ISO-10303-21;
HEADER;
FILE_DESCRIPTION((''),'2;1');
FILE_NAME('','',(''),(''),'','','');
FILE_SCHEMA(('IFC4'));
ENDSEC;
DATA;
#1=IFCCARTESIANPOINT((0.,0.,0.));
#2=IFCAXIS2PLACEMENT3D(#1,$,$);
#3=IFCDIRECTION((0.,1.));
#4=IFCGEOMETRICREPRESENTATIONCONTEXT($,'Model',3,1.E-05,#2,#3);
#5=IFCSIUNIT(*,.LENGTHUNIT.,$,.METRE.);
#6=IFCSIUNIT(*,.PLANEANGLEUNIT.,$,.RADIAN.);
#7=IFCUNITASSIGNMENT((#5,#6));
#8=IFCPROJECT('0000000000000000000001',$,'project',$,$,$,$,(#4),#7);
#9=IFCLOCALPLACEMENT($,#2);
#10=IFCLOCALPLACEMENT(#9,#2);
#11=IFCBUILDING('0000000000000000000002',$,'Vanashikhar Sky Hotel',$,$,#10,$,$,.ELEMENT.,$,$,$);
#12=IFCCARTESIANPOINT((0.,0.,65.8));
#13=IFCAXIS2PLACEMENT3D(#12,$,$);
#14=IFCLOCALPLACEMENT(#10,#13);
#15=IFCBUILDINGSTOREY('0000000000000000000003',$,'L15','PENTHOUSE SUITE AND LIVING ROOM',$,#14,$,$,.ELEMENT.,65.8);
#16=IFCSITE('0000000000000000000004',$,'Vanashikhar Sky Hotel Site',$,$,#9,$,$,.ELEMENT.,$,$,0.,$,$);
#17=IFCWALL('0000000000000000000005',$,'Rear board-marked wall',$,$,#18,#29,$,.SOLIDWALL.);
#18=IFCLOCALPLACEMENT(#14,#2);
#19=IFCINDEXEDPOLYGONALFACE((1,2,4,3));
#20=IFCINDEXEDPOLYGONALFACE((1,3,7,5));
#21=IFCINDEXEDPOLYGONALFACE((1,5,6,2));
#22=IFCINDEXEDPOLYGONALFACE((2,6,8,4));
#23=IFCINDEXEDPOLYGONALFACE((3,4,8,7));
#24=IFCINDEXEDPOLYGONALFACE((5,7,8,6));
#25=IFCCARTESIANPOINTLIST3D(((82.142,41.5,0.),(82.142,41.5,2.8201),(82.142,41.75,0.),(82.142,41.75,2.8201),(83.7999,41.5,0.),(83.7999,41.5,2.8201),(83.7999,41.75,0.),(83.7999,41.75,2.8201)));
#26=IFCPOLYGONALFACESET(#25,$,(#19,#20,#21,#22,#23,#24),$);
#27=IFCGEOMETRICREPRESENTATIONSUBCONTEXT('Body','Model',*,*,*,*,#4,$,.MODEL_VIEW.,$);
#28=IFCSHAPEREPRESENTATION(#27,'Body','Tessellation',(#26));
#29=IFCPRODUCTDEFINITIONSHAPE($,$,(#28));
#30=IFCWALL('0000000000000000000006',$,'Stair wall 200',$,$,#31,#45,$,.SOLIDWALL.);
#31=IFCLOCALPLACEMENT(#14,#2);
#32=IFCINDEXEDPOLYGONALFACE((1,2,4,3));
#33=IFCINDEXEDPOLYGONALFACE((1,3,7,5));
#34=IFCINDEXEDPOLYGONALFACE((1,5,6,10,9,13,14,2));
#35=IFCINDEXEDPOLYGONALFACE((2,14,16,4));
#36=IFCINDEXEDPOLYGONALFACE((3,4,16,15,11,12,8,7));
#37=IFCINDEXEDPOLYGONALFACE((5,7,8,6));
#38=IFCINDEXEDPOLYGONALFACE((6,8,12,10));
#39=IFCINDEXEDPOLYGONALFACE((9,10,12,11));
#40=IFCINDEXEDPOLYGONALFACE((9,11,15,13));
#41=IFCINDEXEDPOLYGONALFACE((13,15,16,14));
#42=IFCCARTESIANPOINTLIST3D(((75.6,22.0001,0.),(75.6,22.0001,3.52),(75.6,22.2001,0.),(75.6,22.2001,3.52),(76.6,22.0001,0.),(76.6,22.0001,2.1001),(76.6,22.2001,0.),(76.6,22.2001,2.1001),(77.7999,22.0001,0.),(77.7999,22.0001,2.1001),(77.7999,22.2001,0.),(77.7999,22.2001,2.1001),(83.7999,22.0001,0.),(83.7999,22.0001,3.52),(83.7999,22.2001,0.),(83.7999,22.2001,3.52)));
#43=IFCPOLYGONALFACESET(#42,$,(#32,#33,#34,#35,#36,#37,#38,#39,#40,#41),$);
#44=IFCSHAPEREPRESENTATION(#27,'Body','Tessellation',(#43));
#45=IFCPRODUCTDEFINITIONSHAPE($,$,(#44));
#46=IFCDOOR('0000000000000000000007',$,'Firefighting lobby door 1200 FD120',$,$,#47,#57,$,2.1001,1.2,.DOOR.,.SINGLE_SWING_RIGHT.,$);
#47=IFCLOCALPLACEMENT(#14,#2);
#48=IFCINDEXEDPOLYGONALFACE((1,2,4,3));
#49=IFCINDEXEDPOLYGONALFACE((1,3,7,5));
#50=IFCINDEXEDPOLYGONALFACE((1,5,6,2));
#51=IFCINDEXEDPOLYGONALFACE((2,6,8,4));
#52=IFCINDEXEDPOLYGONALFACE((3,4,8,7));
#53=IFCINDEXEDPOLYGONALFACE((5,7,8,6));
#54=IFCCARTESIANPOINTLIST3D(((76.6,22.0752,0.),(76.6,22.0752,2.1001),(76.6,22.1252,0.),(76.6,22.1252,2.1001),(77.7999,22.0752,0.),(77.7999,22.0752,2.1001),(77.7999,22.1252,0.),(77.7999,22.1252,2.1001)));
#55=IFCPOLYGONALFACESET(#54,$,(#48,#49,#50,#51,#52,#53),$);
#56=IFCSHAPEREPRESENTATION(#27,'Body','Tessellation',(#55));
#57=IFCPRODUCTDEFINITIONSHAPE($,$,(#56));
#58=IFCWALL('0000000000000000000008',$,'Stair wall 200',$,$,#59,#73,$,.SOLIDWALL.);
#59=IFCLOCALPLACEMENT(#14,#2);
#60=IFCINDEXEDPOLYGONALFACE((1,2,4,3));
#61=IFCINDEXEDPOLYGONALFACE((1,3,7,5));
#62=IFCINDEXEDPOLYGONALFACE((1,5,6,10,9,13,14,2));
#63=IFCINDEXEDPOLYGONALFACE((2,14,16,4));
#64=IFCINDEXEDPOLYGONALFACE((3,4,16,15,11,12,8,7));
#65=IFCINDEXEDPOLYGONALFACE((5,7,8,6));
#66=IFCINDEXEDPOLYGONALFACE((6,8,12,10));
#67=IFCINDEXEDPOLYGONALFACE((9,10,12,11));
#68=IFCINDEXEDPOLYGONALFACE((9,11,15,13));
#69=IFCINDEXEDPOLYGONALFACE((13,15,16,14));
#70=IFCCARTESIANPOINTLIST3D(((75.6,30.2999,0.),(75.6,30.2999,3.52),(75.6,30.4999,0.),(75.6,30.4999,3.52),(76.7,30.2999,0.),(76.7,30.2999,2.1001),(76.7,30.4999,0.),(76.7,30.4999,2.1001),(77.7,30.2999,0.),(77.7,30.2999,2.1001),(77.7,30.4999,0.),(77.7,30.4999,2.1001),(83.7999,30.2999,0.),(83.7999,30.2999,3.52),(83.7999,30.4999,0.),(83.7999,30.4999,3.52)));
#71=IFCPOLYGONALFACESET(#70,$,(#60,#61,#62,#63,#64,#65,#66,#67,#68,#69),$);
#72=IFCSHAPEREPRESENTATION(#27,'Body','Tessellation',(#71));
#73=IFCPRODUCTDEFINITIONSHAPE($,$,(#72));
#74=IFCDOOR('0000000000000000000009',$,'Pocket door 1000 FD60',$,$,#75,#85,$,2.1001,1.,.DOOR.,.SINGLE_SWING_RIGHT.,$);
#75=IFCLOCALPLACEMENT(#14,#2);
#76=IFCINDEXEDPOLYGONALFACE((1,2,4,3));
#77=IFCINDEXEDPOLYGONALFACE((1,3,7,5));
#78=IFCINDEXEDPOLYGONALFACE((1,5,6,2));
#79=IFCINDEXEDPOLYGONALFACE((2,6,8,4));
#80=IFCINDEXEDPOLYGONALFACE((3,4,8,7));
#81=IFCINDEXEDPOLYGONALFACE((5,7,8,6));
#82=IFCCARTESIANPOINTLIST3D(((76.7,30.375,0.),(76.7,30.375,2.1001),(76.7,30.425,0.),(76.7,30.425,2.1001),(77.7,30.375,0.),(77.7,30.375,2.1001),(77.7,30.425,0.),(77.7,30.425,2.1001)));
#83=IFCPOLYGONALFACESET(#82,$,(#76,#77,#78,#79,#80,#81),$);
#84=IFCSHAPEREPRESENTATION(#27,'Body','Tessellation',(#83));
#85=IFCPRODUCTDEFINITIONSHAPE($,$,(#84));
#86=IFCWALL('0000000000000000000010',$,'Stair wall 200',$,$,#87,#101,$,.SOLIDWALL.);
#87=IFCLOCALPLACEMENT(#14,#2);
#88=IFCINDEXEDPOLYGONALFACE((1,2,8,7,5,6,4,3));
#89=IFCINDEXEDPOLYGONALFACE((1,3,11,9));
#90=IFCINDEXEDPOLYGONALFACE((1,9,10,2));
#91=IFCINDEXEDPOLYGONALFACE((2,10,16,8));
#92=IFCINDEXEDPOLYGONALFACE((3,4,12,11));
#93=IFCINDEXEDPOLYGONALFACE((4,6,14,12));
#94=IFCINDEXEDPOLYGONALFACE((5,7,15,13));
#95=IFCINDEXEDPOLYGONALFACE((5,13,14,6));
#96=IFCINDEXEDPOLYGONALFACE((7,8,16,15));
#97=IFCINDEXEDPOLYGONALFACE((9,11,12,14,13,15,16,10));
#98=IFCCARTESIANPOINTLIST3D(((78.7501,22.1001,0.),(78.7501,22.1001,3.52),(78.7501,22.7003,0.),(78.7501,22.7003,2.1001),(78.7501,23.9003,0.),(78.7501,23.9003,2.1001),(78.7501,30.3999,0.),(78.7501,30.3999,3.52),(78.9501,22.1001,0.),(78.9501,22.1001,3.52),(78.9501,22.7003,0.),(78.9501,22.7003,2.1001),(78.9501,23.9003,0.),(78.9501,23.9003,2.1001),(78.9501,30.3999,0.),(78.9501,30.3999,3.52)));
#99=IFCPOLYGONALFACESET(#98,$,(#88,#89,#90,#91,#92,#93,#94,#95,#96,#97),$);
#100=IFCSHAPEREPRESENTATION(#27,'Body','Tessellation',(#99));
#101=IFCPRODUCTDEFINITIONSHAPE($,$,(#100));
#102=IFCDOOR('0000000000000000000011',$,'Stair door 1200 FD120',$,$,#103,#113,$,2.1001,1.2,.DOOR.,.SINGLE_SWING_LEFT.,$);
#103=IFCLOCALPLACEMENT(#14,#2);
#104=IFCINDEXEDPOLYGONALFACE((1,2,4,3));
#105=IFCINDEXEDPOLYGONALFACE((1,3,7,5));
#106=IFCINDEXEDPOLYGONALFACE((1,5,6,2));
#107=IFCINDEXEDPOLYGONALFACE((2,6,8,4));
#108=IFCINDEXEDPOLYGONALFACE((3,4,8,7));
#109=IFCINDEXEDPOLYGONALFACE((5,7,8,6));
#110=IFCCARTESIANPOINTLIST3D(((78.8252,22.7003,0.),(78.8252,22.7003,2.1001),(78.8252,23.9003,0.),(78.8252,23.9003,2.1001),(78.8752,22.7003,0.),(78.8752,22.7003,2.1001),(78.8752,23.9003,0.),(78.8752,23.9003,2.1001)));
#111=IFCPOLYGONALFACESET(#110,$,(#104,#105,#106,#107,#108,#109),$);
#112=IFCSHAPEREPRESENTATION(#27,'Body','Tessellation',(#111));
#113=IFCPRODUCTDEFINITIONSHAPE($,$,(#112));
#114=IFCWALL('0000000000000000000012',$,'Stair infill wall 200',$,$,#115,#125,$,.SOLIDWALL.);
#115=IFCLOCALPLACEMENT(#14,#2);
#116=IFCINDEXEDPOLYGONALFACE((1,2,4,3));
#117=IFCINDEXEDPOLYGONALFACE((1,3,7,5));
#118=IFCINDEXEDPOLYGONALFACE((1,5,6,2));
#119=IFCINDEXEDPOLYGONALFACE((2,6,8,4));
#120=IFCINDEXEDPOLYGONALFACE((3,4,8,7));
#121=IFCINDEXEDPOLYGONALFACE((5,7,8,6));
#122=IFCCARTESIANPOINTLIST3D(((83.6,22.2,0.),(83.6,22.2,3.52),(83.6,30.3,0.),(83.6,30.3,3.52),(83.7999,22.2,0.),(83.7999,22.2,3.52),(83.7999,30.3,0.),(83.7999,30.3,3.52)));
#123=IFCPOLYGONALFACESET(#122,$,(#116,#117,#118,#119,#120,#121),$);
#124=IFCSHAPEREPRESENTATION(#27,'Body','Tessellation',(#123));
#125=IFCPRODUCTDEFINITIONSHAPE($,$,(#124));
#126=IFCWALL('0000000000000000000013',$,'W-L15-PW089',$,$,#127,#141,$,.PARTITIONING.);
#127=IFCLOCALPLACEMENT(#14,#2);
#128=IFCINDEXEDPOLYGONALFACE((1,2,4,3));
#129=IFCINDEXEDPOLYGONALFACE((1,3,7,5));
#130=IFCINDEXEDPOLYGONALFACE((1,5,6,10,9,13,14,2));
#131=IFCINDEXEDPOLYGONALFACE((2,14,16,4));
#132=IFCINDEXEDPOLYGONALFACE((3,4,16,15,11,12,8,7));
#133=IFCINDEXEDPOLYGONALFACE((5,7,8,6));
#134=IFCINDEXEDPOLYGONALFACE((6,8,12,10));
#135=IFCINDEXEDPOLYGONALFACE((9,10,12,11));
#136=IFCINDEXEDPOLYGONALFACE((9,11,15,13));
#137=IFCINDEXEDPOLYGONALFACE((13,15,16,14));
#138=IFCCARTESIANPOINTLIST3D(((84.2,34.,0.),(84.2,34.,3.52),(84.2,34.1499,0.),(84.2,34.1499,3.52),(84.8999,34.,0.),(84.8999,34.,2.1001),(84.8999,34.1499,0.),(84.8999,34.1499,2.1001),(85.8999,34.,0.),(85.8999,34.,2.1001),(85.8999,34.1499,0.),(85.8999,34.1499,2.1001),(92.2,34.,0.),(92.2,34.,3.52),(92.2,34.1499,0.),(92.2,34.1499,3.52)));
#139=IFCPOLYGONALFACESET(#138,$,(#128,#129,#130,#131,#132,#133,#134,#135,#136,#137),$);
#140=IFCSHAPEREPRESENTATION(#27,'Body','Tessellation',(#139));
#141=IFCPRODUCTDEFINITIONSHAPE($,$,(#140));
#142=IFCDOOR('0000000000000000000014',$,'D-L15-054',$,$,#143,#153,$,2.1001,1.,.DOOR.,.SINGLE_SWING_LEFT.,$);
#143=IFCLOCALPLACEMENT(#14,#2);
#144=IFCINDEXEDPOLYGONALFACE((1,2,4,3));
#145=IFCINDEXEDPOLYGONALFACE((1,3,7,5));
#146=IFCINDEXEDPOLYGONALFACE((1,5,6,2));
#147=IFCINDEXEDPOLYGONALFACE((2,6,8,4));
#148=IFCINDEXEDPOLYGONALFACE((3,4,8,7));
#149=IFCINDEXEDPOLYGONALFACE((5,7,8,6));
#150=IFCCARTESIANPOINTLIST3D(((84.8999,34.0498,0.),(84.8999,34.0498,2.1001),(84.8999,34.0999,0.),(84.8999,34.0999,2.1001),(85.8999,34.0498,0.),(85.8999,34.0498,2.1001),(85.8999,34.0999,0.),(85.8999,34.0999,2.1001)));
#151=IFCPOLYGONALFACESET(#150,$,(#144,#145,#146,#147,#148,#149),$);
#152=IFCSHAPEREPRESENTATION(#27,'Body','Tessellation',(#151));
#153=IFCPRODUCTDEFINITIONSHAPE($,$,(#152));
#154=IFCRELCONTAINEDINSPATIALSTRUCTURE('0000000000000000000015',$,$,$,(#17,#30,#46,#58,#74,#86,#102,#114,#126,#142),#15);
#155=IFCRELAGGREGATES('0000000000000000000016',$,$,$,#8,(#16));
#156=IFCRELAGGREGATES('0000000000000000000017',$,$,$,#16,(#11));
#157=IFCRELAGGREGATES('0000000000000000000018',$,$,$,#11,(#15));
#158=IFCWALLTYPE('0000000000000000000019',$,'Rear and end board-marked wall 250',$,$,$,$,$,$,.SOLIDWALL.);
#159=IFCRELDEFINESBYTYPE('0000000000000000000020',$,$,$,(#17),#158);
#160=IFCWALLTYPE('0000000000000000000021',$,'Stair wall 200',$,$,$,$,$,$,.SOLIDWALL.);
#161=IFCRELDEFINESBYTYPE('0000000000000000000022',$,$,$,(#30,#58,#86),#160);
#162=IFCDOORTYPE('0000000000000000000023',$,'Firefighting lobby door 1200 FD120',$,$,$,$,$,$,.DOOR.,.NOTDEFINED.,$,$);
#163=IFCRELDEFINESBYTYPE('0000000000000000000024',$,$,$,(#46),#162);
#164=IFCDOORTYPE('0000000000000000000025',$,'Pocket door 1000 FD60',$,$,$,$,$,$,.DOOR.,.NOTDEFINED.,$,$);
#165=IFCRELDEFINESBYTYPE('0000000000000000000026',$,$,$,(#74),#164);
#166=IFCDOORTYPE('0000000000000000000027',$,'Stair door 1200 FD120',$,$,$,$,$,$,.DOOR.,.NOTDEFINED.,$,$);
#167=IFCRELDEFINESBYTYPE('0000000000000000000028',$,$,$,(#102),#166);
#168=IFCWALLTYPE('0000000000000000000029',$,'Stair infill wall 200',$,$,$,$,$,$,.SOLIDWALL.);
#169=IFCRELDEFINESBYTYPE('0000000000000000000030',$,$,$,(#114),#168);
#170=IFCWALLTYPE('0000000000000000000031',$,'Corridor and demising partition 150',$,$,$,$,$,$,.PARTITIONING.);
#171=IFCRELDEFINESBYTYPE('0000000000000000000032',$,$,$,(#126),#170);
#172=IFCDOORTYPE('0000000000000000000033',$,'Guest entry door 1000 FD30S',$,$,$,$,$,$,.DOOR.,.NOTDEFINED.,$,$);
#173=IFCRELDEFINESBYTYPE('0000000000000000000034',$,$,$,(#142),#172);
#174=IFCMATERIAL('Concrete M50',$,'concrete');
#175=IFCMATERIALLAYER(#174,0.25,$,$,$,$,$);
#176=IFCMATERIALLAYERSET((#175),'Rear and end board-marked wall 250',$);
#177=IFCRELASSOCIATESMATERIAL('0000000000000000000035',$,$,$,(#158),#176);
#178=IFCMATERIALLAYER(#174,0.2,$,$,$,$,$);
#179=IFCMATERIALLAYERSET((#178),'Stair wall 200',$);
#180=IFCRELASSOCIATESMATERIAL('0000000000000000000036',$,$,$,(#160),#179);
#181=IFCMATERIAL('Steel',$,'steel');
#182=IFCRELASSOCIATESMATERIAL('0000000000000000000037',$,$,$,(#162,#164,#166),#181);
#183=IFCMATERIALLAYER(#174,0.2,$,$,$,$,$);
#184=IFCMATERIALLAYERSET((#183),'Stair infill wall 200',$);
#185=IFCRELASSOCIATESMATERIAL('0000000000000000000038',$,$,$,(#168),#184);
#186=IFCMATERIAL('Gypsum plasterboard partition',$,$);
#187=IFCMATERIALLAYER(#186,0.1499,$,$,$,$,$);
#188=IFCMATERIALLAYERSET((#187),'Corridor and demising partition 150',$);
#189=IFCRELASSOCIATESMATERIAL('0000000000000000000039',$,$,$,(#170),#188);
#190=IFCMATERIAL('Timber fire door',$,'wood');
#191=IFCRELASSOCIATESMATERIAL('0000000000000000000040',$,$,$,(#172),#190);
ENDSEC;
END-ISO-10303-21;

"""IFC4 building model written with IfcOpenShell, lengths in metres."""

from ifc_helpers import new_model, si_unit, direction, frame, frame_2d, origin, place, context, subcontext, project, spatial, rectangle, extrude, source, transform, mapped, material, layer, layer_set, type_object, element, fill, save


model = new_model("IFC4")

# Units and contexts
model_context = context("Model", 3, precision=1e-05, world=origin(), true_north=direction((0.0, 1.0)))
body_context = subcontext(model_context, "Body", "Model", "MODEL_VIEW")
ifc_project = project(units=[si_unit("LENGTHUNIT", "METRE"), si_unit("PLANEANGLEUNIT", "RADIAN")], contexts=[model_context])

# Site, building, storey
site_placement = place(None, origin())
site = spatial("IfcSite", under=ifc_project, at=site_placement, Name="Vanashikhar Sky Hotel Site", CompositionType="ELEMENT", RefElevation=0.0)
building_placement = place(site_placement, origin())
building = spatial("IfcBuilding", under=site, at=building_placement, Name="Vanashikhar Sky Hotel", CompositionType="ELEMENT")
storey_placement = place(building_placement, frame((0.0, 0.0, 65.8)))
storey = spatial("IfcBuildingStorey", under=building, at=storey_placement, Name="L15", Description="PENTHOUSE SUITE AND LIVING ROOM", CompositionType="ELEMENT", Elevation=65.8)

# Shared definitions
ifc_material_1 = material(Name="Concrete M50", Category="concrete")

# Shared definitions
ifc_material_2 = material(Name="Steel", Category="steel")
shared_shape_1 = source(origin(), body_context, "Body", "SweptSolid", [
    extrude(rectangle(XDim=1.2, YDim=2.1001, at=frame_2d((0.6001, 1.05))), frame((0.0, 0.0249, 0.0), z_axis=(0.0, -1.0, 0.0), x_axis=(1.0, 0.0, 0.0)), (0.0, 0.0, 1.0), 0.05),
])

# Wall
ifc_layer_1 = layer(ifc_material_1, 0.25)
ifc_layer_set_1 = layer_set([ifc_layer_1], Name="Rear and end board-marked wall 250")
wall_type_1 = type_object("IfcWallType", Name="Rear and end board-marked wall 250", PredefinedType="SOLIDWALL", material=ifc_layer_set_1)
shared_shape_2 = source(origin(), body_context, "Body", "SweptSolid", [
    extrude(rectangle(XDim=1.658, YDim=0.25, at=frame_2d((0.8291, 0.0))), origin(), (0.0, 0.0, 1.0), 2.8201),
])
wall_1_placement = place(storey_placement, frame((83.8, 41.625, 0.0), z_axis=(0.0, 0.0, 1.0), x_axis=(-1.0, 0.0, 0.0)))
element("IfcWall", 1, at=wall_1_placement, inside=storey, type_object=wall_type_1, Name="Rear board-marked wall", PredefinedType="SOLIDWALL", context=body_context, shape_type="MappedRepresentation", body=[
    mapped(shared_shape_2, transform((0.0, 0.0, 0.0), scale=1.0)),
])

# Walls, openings, doors
ifc_layer_2 = layer(ifc_material_1, 0.2)
ifc_layer_set_2 = layer_set([ifc_layer_2], Name="Stair wall 200")
wall_type_2 = type_object("IfcWallType", Name="Stair wall 200", PredefinedType="SOLIDWALL", material=ifc_layer_set_2)
shared_shape_3 = source(origin(), body_context, "Body", "SweptSolid", [
    extrude(rectangle(XDim=8.2, YDim=0.2, at=frame_2d((4.1001, 0.0))), origin(), (0.0, 0.0, 1.0), 3.52),
])
wall_2_placement = place(storey_placement, frame((83.8, 22.1001, 0.0), z_axis=(0.0, 0.0, 1.0), x_axis=(-1.0, 0.0, 0.0)))
wall_2 = element("IfcWall", 2, at=wall_2_placement, inside=storey, type_object=wall_type_2, Name="Stair wall 200", PredefinedType="SOLIDWALL", context=body_context, shape_type="MappedRepresentation", body=[
    mapped(shared_shape_3, transform((0.0, 0.0, 0.0), scale=1.0)),
])
shared_shape_4 = source(origin(), body_context, "Body", "SweptSolid", [
    extrude(rectangle(XDim=1.2, YDim=2.1001, at=frame_2d((0.6001, 1.05))), frame((0.0, 0.1099, 0.0), z_axis=(0.0, -1.0, 0.0), x_axis=(1.0, 0.0, 0.0)), (0.0, 0.0, 1.0), 0.22),
])
opening_1_placement = place(wall_2_placement, frame((6.0, 0.0, 0.0)))
opening_1 = element("IfcOpeningElement", 3, at=opening_1_placement, cuts=wall_2, PredefinedType="OPENING", context=body_context, shape_type="MappedRepresentation", body=[
    mapped(shared_shape_4, transform((0.0, 0.0, 0.0), scale=1.0)),
])
door_type_1 = type_object("IfcDoorType", Name="Firefighting lobby door 1200 FD120", OperationType="NOTDEFINED", PredefinedType="DOOR", material=ifc_material_2)
door_1_placement = place(opening_1_placement, origin())
door_1 = element("IfcDoor", 4, at=door_1_placement, inside=storey, type_object=door_type_1, Name="Firefighting lobby door 1200 FD120", OperationType="SINGLE_SWING_RIGHT", OverallHeight=2.1001, OverallWidth=1.2, PredefinedType="DOOR", context=body_context, shape_type="MappedRepresentation", body=[
    mapped(shared_shape_1, transform((0.0, 0.0, 0.0), scale=1.0)),
])
fill(opening_1, door_1)
wall_3_placement = place(storey_placement, frame((83.8, 30.3999, 0.0), z_axis=(0.0, 0.0, 1.0), x_axis=(-1.0, 0.0, 0.0)))
wall_3 = element("IfcWall", 5, at=wall_3_placement, inside=storey, type_object=wall_type_2, Name="Stair wall 200", PredefinedType="SOLIDWALL", context=body_context, shape_type="MappedRepresentation", body=[
    mapped(shared_shape_3, transform((0.0, 0.0, 0.0), scale=1.0)),
])
shared_shape_5 = source(origin(), body_context, "Body", "SweptSolid", [
    extrude(rectangle(XDim=1.0, YDim=2.1001, at=frame_2d((0.5, 1.05))), frame((0.0, 0.1099, 0.0), z_axis=(0.0, -1.0, 0.0), x_axis=(1.0, 0.0, 0.0)), (0.0, 0.0, 1.0), 0.22),
])
opening_2_placement = place(wall_3_placement, frame((6.1001, 0.0, 0.0)))
opening_2 = element("IfcOpeningElement", 6, at=opening_2_placement, cuts=wall_3, PredefinedType="OPENING", context=body_context, shape_type="MappedRepresentation", body=[
    mapped(shared_shape_5, transform((0.0, 0.0, 0.0), scale=1.0)),
])
door_type_2 = type_object("IfcDoorType", Name="Pocket door 1000 FD60", OperationType="NOTDEFINED", PredefinedType="DOOR", material=ifc_material_2)
shared_shape_6 = source(origin(), body_context, "Body", "SweptSolid", [
    extrude(rectangle(XDim=1.0, YDim=2.1001, at=frame_2d((0.5, 1.05))), frame((0.0, 0.0249, 0.0), z_axis=(0.0, -1.0, 0.0), x_axis=(1.0, 0.0, 0.0)), (0.0, 0.0, 1.0), 0.05),
])
door_2_placement = place(opening_2_placement, origin())
door_2 = element("IfcDoor", 7, at=door_2_placement, inside=storey, type_object=door_type_2, Name="Pocket door 1000 FD60", OperationType="SINGLE_SWING_RIGHT", OverallHeight=2.1001, OverallWidth=1.0, PredefinedType="DOOR", context=body_context, shape_type="MappedRepresentation", body=[
    mapped(shared_shape_6, transform((0.0, 0.0, 0.0), scale=1.0)),
])
fill(opening_2, door_2)
shared_shape_7 = source(origin(), body_context, "Body", "SweptSolid", [
    extrude(rectangle(XDim=8.2998, YDim=0.2, at=frame_2d((4.1499, 0.0))), origin(), (0.0, 0.0, 1.0), 3.52),
])
wall_4_placement = place(storey_placement, frame((78.8501, 22.1001, 0.0), z_axis=(0.0, 0.0, 1.0), x_axis=(0.0, 1.0, 0.0)))
wall_4 = element("IfcWall", 8, at=wall_4_placement, inside=storey, type_object=wall_type_2, Name="Stair wall 200", PredefinedType="SOLIDWALL", context=body_context, shape_type="MappedRepresentation", body=[
    mapped(shared_shape_7, transform((0.0, 0.0, 0.0), scale=1.0)),
])
opening_3_placement = place(wall_4_placement, frame((0.6001, 0.0, 0.0)))
opening_3 = element("IfcOpeningElement", 9, at=opening_3_placement, cuts=wall_4, PredefinedType="OPENING", context=body_context, shape_type="MappedRepresentation", body=[
    mapped(shared_shape_4, transform((0.0, 0.0, 0.0), scale=1.0)),
])
door_type_3 = type_object("IfcDoorType", Name="Stair door 1200 FD120", OperationType="NOTDEFINED", PredefinedType="DOOR", material=ifc_material_2)
door_3_placement = place(opening_3_placement, origin())
door_3 = element("IfcDoor", 10, at=door_3_placement, inside=storey, type_object=door_type_3, Name="Stair door 1200 FD120", OperationType="SINGLE_SWING_LEFT", OverallHeight=2.1001, OverallWidth=1.2, PredefinedType="DOOR", context=body_context, shape_type="MappedRepresentation", body=[
    mapped(shared_shape_1, transform((0.0, 0.0, 0.0), scale=1.0)),
])
fill(opening_3, door_3)

# Wall
ifc_layer_3 = layer(ifc_material_1, 0.2)
ifc_layer_set_3 = layer_set([ifc_layer_3], Name="Stair infill wall 200")
wall_type_3 = type_object("IfcWallType", Name="Stair infill wall 200", PredefinedType="SOLIDWALL", material=ifc_layer_set_3)
shared_shape_8 = source(origin(), body_context, "Body", "SweptSolid", [
    extrude(rectangle(XDim=8.1001, YDim=0.2, at=frame_2d((4.05, 0.0))), origin(), (0.0, 0.0, 1.0), 3.52),
])
wall_5_placement = place(storey_placement, frame((83.7, 22.2, 0.0), z_axis=(0.0, 0.0, 1.0), x_axis=(0.0, 1.0, 0.0)))
element("IfcWall", 11, at=wall_5_placement, inside=storey, type_object=wall_type_3, Name="Stair infill wall 200", PredefinedType="SOLIDWALL", context=body_context, shape_type="MappedRepresentation", body=[
    mapped(shared_shape_8, transform((0.0, 0.0, 0.0), scale=1.0)),
])

# Wall, opening, door
ifc_material_3 = material(Name="Gypsum plasterboard partition")
ifc_layer_4 = layer(ifc_material_3, 0.1499)
ifc_layer_set_4 = layer_set([ifc_layer_4], Name="Corridor and demising partition 150")
wall_type_4 = type_object("IfcWallType", Name="Corridor and demising partition 150", PredefinedType="PARTITIONING", material=ifc_layer_set_4)
shared_shape_9 = source(origin(), body_context, "Body", "SweptSolid", [
    extrude(rectangle(XDim=8.0, YDim=0.1499, at=frame_2d((4.0, 0.0))), origin(), (0.0, 0.0, 1.0), 3.52),
])
wall_6_placement = place(storey_placement, frame((84.2, 34.075, 0.0), z_axis=(0.0, 0.0, 1.0), x_axis=(1.0, 0.0, 0.0)))
wall_6 = element("IfcWall", 12, at=wall_6_placement, inside=storey, type_object=wall_type_4, Name="W-L15-PW089", PredefinedType="PARTITIONING", context=body_context, shape_type="MappedRepresentation", body=[
    mapped(shared_shape_9, transform((0.0, 0.0, 0.0), scale=1.0)),
])
shared_shape_10 = source(origin(), body_context, "Body", "SweptSolid", [
    extrude(rectangle(XDim=1.0, YDim=2.1001, at=frame_2d((0.5, 1.05))), frame((0.0, 0.085, 0.0), z_axis=(0.0, -1.0, 0.0), x_axis=(1.0, 0.0, 0.0)), (0.0, 0.0, 1.0), 0.1699),
])
opening_4_placement = place(wall_6_placement, frame((0.7, 0.0, 0.0)))
opening_4 = element("IfcOpeningElement", 13, at=opening_4_placement, cuts=wall_6, PredefinedType="OPENING", context=body_context, shape_type="MappedRepresentation", body=[
    mapped(shared_shape_10, transform((0.0, 0.0, 0.0), scale=1.0)),
])
ifc_material_4 = material(Name="Timber fire door", Category="wood")
door_type_4 = type_object("IfcDoorType", Name="Guest entry door 1000 FD30S", OperationType="NOTDEFINED", PredefinedType="DOOR", material=ifc_material_4)
door_4_placement = place(opening_4_placement, origin())
door_4 = element("IfcDoor", 14, at=door_4_placement, inside=storey, type_object=door_type_4, Name="D-L15-054", OperationType="SINGLE_SWING_LEFT", OverallHeight=2.1001, OverallWidth=1.0, PredefinedType="DOOR", context=body_context, shape_type="MappedRepresentation", body=[
    mapped(shared_shape_6, transform((0.0, 0.0, 0.0), scale=1.0)),
])
fill(opening_4, door_4)

save(model, "model.ifc")
